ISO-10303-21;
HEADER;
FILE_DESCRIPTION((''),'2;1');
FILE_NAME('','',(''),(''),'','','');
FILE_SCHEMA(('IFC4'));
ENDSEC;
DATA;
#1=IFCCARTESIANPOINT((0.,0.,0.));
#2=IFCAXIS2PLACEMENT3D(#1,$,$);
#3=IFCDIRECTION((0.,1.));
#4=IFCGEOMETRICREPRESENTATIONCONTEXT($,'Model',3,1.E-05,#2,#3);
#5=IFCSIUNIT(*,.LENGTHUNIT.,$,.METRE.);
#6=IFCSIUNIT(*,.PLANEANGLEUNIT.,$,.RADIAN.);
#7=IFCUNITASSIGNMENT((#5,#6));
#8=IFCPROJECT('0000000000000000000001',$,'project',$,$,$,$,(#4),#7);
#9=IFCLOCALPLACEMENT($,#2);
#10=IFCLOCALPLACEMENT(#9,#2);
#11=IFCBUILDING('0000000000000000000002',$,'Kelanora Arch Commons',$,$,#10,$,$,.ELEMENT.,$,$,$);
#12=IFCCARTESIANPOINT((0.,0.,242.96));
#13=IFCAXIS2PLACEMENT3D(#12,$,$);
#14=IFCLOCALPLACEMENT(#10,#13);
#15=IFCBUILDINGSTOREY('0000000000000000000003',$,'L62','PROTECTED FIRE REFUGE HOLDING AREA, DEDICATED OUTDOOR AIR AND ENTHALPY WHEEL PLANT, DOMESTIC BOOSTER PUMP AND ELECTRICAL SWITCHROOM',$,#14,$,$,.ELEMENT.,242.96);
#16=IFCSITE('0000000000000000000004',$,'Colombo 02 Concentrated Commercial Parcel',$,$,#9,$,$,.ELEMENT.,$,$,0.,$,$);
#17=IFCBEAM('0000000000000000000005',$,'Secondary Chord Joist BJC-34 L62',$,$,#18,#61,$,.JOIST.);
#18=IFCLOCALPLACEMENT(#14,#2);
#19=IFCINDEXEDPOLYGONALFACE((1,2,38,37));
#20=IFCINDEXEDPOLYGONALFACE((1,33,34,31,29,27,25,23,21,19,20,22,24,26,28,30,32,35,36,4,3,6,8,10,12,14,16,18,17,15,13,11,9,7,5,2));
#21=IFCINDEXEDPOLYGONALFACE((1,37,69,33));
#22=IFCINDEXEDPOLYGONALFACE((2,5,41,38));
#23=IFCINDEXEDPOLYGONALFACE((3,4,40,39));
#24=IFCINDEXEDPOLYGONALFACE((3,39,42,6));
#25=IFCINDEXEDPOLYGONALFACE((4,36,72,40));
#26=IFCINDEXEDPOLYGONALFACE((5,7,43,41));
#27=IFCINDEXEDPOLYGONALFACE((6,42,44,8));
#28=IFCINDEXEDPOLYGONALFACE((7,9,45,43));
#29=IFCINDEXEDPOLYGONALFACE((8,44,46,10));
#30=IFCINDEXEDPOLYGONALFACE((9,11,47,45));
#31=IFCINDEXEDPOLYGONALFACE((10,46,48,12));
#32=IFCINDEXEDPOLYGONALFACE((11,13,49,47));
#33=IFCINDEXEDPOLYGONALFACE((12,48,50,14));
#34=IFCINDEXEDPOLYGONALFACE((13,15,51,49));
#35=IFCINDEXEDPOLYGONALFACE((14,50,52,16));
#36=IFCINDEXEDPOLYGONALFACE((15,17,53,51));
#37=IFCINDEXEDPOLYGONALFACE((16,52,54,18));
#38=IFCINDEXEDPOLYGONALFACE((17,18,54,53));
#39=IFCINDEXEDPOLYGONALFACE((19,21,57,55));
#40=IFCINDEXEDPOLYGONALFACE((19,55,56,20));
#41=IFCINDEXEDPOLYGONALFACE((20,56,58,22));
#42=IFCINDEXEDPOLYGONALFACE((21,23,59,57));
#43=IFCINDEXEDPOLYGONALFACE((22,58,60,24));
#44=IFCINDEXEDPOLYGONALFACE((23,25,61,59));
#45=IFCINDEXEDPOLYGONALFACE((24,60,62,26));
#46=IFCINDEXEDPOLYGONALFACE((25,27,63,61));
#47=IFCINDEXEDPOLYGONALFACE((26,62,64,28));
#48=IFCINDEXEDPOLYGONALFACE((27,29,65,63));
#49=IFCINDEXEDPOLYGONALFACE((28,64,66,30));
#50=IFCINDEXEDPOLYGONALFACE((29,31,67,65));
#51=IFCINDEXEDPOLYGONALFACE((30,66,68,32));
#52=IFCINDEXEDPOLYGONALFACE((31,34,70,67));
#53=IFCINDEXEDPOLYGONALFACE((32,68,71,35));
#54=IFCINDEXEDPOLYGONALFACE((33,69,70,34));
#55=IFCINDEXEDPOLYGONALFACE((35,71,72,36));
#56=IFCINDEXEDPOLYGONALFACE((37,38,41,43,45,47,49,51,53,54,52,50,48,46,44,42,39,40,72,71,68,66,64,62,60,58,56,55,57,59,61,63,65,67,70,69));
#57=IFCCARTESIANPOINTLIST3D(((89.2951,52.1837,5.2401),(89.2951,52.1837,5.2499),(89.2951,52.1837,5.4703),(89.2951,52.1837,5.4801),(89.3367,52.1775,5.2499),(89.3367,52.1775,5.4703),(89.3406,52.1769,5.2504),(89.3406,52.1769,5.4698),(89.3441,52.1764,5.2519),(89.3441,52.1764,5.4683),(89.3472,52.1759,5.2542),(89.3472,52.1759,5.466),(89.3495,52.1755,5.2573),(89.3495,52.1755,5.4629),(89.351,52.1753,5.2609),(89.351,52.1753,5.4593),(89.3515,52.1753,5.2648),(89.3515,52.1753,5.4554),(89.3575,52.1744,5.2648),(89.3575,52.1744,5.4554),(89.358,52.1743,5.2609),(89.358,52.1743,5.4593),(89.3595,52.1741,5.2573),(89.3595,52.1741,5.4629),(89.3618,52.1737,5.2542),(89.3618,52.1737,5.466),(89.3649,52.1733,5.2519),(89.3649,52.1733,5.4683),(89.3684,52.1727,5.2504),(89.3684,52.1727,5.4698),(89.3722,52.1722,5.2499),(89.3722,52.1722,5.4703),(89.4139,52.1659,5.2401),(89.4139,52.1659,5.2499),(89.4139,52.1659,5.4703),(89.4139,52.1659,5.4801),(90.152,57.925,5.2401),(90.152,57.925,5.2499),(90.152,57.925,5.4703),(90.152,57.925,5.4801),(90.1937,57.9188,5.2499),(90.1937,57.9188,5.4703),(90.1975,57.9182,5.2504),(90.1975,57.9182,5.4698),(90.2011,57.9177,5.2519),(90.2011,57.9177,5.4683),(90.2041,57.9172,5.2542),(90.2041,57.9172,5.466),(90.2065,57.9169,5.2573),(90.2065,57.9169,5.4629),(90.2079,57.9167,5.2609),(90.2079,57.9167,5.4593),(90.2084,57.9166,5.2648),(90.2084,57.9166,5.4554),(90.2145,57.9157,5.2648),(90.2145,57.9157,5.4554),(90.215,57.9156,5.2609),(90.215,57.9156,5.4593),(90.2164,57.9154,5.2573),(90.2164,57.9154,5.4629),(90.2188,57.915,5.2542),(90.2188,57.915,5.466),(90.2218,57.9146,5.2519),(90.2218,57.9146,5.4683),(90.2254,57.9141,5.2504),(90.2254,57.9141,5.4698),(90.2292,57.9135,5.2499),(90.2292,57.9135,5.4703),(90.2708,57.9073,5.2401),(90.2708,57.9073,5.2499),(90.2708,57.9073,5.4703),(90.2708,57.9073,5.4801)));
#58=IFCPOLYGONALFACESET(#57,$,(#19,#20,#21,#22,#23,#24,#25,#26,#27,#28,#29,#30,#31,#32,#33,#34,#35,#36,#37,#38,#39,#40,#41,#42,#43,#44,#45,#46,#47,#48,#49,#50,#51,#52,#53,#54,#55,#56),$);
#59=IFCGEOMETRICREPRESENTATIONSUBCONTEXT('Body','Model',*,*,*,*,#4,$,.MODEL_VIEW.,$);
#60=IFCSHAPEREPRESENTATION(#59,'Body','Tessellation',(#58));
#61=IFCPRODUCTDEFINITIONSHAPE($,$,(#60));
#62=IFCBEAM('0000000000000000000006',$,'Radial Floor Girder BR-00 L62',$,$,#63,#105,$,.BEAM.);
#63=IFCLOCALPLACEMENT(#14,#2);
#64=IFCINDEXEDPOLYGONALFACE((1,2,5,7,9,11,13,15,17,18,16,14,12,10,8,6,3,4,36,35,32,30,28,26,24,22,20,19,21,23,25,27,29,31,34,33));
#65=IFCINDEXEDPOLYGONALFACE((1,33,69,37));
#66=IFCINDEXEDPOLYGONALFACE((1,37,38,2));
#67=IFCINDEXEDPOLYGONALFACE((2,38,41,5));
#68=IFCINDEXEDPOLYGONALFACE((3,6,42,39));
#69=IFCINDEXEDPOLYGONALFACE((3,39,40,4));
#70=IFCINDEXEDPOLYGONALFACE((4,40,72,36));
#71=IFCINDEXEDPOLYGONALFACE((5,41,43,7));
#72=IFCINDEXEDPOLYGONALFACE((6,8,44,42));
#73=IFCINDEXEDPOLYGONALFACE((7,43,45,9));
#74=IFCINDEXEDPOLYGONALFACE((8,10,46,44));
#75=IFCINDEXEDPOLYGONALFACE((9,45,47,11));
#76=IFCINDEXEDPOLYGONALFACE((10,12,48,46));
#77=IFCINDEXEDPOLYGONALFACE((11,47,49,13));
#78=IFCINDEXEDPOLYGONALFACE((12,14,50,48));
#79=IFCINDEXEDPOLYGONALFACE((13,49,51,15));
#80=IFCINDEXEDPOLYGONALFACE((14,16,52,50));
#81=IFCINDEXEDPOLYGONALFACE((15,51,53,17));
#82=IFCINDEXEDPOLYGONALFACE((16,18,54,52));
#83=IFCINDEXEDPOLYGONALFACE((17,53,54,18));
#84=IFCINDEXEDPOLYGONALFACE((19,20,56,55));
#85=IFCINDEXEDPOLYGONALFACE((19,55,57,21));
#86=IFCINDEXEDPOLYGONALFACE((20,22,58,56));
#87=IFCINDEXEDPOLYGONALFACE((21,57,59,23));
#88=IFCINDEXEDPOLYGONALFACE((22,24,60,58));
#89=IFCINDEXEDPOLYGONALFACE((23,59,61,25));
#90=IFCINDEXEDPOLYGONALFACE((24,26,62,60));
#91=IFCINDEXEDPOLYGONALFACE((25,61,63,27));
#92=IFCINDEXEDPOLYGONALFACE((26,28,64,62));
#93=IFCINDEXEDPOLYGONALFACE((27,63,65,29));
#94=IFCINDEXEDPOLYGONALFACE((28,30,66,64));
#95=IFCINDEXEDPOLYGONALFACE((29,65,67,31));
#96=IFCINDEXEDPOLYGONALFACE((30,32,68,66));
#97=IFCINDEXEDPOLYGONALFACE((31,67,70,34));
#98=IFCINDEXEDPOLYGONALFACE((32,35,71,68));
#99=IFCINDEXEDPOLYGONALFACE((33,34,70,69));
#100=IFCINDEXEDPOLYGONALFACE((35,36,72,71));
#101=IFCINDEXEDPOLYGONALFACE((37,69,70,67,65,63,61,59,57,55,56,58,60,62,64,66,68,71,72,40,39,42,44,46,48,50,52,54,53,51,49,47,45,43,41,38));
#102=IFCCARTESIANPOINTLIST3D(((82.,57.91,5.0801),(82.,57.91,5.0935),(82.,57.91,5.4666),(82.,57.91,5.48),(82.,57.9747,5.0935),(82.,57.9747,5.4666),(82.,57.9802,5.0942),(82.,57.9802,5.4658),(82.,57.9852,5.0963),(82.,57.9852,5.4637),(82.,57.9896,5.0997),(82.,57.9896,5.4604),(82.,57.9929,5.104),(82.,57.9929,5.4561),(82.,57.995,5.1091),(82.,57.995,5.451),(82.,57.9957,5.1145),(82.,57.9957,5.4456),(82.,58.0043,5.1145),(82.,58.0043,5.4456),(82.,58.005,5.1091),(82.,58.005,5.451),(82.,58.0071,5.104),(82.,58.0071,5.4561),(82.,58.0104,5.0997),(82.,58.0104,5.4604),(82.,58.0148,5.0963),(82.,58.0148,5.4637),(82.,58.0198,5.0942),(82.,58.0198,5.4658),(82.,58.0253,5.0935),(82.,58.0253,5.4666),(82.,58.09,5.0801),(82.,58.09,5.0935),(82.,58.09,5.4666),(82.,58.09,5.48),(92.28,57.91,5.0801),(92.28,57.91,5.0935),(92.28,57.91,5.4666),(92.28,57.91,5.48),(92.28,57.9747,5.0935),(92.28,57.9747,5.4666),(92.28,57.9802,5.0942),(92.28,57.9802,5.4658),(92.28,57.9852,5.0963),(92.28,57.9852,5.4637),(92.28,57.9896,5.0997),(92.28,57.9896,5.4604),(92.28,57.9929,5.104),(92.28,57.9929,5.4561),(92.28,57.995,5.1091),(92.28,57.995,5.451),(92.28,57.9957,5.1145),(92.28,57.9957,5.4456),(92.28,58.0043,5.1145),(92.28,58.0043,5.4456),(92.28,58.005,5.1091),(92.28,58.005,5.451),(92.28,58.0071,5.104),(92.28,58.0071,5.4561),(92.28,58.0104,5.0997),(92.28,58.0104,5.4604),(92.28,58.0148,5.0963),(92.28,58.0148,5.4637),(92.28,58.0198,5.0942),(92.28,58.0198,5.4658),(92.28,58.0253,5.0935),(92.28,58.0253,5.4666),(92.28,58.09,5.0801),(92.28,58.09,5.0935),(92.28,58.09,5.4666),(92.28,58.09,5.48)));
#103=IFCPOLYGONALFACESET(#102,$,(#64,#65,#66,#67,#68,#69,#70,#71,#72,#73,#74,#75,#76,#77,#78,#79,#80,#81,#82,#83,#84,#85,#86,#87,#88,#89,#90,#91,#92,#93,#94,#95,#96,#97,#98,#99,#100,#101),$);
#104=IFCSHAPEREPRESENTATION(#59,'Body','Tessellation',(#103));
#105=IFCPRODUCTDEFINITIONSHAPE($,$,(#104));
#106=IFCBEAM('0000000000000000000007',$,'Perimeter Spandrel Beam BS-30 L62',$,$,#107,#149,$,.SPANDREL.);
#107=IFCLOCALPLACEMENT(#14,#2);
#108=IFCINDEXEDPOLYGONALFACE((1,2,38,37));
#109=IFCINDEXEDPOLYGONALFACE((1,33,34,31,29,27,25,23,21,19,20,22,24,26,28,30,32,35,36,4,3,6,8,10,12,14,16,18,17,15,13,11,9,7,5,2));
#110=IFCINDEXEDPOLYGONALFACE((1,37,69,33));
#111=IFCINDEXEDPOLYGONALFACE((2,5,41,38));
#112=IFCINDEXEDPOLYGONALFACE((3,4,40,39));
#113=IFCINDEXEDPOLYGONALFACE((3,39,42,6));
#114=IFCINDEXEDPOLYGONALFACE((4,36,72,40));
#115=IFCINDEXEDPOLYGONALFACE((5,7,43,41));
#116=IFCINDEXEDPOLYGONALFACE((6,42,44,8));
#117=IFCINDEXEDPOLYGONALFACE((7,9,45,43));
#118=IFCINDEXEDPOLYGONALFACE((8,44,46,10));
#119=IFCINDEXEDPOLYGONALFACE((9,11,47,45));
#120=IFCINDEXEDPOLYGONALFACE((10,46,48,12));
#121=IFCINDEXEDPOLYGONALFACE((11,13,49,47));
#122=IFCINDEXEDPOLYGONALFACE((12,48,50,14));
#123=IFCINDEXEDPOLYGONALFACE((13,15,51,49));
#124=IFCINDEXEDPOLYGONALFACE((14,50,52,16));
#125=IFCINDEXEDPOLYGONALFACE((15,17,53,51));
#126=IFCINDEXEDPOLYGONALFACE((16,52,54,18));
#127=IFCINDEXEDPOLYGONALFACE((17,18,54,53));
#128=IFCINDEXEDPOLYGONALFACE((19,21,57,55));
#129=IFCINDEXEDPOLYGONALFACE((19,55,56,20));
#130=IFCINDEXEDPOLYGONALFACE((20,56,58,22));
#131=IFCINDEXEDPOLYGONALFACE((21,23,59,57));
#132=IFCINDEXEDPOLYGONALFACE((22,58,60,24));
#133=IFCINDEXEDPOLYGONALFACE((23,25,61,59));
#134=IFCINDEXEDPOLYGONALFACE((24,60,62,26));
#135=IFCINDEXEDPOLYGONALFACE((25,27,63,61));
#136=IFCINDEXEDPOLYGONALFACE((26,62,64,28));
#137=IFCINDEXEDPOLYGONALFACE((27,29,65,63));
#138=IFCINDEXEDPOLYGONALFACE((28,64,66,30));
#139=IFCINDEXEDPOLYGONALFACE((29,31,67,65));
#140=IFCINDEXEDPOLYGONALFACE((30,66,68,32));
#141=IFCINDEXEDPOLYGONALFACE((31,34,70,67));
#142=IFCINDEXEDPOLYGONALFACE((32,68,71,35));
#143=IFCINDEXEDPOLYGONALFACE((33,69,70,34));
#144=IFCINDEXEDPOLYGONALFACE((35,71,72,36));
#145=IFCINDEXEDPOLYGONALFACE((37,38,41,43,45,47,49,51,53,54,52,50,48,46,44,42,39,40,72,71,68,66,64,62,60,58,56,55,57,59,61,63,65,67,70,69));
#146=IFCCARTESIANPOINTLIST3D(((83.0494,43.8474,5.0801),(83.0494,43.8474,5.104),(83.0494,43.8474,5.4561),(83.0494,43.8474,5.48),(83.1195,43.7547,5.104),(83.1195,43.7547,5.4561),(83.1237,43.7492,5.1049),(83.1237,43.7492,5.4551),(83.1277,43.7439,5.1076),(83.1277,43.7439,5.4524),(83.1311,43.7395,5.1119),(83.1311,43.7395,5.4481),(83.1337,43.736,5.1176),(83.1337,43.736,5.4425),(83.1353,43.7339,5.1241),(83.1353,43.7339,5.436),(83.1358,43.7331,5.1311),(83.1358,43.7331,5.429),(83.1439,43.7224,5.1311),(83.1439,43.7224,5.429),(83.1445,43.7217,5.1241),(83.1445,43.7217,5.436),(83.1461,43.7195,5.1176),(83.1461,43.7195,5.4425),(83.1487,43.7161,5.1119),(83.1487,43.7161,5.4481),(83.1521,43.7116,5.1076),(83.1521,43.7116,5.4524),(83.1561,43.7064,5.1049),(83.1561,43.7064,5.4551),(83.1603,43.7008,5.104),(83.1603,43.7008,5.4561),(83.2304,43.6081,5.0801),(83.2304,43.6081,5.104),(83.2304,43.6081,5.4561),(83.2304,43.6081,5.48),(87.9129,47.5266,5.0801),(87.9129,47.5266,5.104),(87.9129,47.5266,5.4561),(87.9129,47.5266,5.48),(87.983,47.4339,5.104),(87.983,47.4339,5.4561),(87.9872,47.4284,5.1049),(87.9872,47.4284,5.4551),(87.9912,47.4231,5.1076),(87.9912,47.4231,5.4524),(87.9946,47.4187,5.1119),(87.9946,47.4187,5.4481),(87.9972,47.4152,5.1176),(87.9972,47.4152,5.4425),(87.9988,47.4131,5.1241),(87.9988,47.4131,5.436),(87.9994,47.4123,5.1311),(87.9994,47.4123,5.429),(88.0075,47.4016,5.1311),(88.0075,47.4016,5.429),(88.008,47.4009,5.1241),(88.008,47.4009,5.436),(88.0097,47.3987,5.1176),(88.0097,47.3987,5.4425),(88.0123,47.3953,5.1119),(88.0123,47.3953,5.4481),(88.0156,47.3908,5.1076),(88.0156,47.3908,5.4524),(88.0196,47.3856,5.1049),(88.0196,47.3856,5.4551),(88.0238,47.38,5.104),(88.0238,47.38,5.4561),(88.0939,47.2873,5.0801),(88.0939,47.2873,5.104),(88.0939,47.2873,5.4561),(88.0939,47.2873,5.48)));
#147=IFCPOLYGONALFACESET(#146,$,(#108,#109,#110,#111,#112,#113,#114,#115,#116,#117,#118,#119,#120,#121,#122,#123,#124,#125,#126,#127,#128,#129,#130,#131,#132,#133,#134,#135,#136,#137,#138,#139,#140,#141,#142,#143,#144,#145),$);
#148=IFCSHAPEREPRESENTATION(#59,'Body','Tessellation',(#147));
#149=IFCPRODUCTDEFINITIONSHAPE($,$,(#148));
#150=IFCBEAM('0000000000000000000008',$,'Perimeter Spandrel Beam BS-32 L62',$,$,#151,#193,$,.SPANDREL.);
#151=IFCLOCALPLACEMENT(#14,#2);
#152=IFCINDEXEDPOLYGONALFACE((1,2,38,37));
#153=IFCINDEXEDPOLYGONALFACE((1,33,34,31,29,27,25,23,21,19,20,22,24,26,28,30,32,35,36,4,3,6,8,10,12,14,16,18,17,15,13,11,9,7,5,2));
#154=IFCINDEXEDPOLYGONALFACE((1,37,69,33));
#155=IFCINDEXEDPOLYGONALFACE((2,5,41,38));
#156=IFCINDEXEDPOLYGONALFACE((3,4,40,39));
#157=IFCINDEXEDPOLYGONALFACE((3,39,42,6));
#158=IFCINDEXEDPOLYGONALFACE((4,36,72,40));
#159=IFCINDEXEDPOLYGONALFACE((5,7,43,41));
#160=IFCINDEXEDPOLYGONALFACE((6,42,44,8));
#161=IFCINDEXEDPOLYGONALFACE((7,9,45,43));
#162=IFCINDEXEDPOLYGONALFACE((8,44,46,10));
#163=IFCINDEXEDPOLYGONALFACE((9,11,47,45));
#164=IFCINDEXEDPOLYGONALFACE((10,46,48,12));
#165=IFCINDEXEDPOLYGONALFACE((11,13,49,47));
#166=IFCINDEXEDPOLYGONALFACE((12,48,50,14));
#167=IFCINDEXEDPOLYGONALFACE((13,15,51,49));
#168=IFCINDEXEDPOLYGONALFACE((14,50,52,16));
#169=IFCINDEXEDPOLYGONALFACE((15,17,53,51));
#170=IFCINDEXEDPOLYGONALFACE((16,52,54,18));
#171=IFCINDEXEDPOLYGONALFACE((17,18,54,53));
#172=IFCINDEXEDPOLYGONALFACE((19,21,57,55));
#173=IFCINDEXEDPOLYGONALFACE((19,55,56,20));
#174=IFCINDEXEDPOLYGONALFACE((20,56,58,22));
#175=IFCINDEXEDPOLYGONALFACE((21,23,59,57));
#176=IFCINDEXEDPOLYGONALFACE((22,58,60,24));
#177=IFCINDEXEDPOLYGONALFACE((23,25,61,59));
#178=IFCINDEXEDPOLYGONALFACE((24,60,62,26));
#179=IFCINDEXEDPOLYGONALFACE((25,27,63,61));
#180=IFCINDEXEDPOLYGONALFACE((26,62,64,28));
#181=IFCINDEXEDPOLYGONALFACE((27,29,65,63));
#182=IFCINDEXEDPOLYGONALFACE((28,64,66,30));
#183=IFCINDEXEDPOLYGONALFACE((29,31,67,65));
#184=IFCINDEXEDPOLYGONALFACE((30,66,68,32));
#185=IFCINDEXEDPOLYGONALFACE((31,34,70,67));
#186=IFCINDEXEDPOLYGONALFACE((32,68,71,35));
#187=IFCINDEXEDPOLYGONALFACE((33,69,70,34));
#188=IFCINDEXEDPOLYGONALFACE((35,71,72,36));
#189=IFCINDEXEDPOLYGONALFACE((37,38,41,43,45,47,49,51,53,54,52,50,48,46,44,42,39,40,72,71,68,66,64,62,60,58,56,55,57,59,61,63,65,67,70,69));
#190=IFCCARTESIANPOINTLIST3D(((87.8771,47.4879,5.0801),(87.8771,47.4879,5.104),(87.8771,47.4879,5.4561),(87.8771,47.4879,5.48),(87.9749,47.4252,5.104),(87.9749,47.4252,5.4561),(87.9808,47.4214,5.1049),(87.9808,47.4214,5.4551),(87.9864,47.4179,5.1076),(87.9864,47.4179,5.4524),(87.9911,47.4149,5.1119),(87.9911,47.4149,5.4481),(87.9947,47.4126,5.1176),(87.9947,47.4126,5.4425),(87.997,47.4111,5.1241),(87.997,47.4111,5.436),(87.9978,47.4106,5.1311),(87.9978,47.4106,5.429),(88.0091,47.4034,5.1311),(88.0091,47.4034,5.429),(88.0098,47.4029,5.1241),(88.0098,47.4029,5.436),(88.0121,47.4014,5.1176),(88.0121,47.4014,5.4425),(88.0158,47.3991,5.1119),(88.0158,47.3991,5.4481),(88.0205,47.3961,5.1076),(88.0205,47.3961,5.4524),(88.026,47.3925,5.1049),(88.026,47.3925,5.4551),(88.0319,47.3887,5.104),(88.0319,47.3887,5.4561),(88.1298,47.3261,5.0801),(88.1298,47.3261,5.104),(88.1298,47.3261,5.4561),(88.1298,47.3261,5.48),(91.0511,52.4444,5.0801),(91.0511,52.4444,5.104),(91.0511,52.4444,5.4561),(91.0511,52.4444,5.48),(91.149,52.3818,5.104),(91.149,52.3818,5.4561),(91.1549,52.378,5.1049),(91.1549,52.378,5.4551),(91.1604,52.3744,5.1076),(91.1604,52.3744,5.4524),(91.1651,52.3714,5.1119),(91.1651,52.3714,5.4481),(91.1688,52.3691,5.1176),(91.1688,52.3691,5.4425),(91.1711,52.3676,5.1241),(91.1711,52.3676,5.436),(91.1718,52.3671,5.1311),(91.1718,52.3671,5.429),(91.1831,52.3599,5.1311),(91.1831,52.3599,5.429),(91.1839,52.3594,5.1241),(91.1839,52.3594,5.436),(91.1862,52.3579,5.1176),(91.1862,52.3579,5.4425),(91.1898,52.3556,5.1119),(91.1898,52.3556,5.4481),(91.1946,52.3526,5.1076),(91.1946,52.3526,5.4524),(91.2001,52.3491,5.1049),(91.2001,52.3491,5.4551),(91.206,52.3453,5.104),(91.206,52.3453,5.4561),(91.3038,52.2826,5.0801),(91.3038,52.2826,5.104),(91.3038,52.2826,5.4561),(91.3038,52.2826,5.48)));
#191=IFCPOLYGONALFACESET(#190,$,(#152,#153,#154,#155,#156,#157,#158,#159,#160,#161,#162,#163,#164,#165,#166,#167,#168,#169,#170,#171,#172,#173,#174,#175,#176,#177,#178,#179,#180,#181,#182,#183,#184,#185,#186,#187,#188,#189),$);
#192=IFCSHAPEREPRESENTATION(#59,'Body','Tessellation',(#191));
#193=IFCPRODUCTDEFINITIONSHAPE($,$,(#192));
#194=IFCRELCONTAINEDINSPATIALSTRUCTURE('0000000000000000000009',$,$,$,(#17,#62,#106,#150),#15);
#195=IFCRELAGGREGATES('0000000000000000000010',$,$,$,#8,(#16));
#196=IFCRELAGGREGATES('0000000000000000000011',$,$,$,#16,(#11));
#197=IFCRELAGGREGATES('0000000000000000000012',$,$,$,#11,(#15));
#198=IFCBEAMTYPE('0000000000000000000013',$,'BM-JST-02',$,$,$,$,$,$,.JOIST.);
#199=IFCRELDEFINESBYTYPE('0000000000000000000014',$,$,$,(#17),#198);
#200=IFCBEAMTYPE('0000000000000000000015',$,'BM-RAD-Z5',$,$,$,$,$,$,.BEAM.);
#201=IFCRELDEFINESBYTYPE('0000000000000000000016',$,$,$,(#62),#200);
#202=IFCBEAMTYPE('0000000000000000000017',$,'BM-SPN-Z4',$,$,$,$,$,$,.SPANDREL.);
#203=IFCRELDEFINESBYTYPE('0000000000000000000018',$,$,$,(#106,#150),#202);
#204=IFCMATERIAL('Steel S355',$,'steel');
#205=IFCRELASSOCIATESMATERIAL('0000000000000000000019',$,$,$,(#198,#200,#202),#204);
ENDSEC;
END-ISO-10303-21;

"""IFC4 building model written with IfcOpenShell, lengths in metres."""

from ifc_helpers import new_model, si_unit, direction, frame, origin, origin_2d, place, context, subcontext, project, spatial, i_section, extrude, material, material_profile, profile_set, type_object, element, save


model = new_model("IFC4")

# Units and contexts
model_context = context("Model", 3, precision=1e-05, world=origin(), true_north=direction((0.0, 1.0)))
body_context = subcontext(model_context, "Body", "Model", "MODEL_VIEW")
ifc_project = project(units=[si_unit("LENGTHUNIT", "METRE"), si_unit("PLANEANGLEUNIT", "RADIAN")], contexts=[model_context])

# Site, building, storey
site_placement = place(None, origin())
site = spatial("IfcSite", under=ifc_project, at=site_placement, Name="Colombo 02 Concentrated Commercial Parcel", CompositionType="ELEMENT", RefElevation=0.0)
building_placement = place(site_placement, origin())
building = spatial("IfcBuilding", under=site, at=building_placement, Name="Kelanora Arch Commons", CompositionType="ELEMENT")
storey_placement = place(building_placement, frame((0.0, 0.0, 242.96)))
storey = spatial("IfcBuildingStorey", under=building, at=storey_placement, Name="L62", Description="PROTECTED FIRE REFUGE HOLDING AREA, DEDICATED OUTDOOR AIR AND ENTHALPY WHEEL PLANT, DOMESTIC BOOSTER PUMP AND ELECTRICAL SWITCHROOM", CompositionType="ELEMENT", Elevation=242.96)

# Beams
ifc_material_1 = material(Name="Steel S355", Category="steel")
ifc_material_profile_1 = material_profile(ifc_material_1, i_section(OverallWidth=0.1201, OverallDepth=0.24, WebThickness=0.0061, FlangeThickness=0.0098, FilletRadius=0.0149, at=origin_2d()), Name="IPE240")
ifc_profile_set_1 = profile_set([ifc_material_profile_1], Name="Steel S355")
beam_type_1 = type_object("IfcBeamType", Name="BM-JST-02", PredefinedType="JOIST", material=ifc_profile_set_1)
beam_1_placement = place(storey_placement, frame((89.3545, 52.1748, 5.3601), z_axis=(0.147625, 0.989043, 0.0), x_axis=(-0.989043, 0.147625, 0.0)))
element("IfcBeam", 1, at=beam_1_placement, inside=storey, type_object=beam_type_1, Name="Secondary Chord Joist BJC-34 L62", PredefinedType="JOIST", context=body_context, shape_type="SweptSolid", body=[
    extrude(i_section(OverallWidth=0.1201, OverallDepth=0.24, WebThickness=0.0061, FlangeThickness=0.0098, FilletRadius=0.0149, at=origin_2d()), origin(), (0.0, 0.0, 1.0), 5.8049),
])
ifc_material_profile_2 = material_profile(ifc_material_1, i_section(OverallWidth=0.1799, OverallDepth=0.3999, WebThickness=0.0085, FlangeThickness=0.0134, FilletRadius=0.021, at=origin_2d()), Name="IPE400")
ifc_profile_set_2 = profile_set([ifc_material_profile_2], Name="Steel S355")
beam_type_2 = type_object("IfcBeamType", Name="BM-RAD-Z5", PredefinedType="BEAM", material=ifc_profile_set_2)
beam_2_placement = place(storey_placement, frame((82.0, 58.0, 5.28), z_axis=(1.0, 0.0, 0.0), x_axis=(0.0, 1.0, 0.0)))
element("IfcBeam", 2, at=beam_2_placement, inside=storey, type_object=beam_type_2, Name="Radial Floor Girder BR-00 L62", PredefinedType="BEAM", context=body_context, shape_type="SweptSolid", body=[
    extrude(i_section(OverallWidth=0.1799, OverallDepth=0.3999, WebThickness=0.0085, FlangeThickness=0.0134, FilletRadius=0.021, at=origin_2d()), origin(), (0.0, 0.0, 1.0), 10.28),
])
ifc_material_profile_3 = material_profile(ifc_material_1, i_section(OverallWidth=0.3, OverallDepth=0.3999, WebThickness=0.0134, FlangeThickness=0.0239, FilletRadius=0.0271, at=origin_2d()), Name="HEB400")
ifc_profile_set_3 = profile_set([ifc_material_profile_3], Name="Steel S355")
beam_type_3 = type_object("IfcBeamType", Name="BM-SPN-Z4", PredefinedType="SPANDREL", material=ifc_profile_set_3)
beam_3_placement = place(storey_placement, frame((83.1399, 43.7278, 5.28), z_axis=(0.797509, 0.603306, 0.0), x_axis=(-0.603306, 0.797509, 0.0)))
element("IfcBeam", 3, at=beam_3_placement, inside=storey, type_object=beam_type_3, Name="Perimeter Spandrel Beam BS-30 L62", PredefinedType="SPANDREL", context=body_context, shape_type="SweptSolid", body=[
    extrude(i_section(OverallWidth=0.3, OverallDepth=0.3999, WebThickness=0.0134, FlangeThickness=0.0239, FilletRadius=0.0271, at=origin_2d()), origin(), (0.0, 0.0, 1.0), 6.0984),
])
beam_4_placement = place(storey_placement, frame((88.0034, 47.407, 5.28), z_axis=(0.539281, 0.842126, 0.0), x_axis=(-0.842126, 0.539281, 0.0)))
element("IfcBeam", 4, at=beam_4_placement, inside=storey, type_object=beam_type_3, Name="Perimeter Spandrel Beam BS-32 L62", PredefinedType="SPANDREL", context=body_context, shape_type="SweptSolid", body=[
    extrude(i_section(OverallWidth=0.3, OverallDepth=0.3999, WebThickness=0.0134, FlangeThickness=0.0239, FilletRadius=0.0271, at=origin_2d()), origin(), (0.0, 0.0, 1.0), 5.8857),
])

save(model, "model.ifc")
